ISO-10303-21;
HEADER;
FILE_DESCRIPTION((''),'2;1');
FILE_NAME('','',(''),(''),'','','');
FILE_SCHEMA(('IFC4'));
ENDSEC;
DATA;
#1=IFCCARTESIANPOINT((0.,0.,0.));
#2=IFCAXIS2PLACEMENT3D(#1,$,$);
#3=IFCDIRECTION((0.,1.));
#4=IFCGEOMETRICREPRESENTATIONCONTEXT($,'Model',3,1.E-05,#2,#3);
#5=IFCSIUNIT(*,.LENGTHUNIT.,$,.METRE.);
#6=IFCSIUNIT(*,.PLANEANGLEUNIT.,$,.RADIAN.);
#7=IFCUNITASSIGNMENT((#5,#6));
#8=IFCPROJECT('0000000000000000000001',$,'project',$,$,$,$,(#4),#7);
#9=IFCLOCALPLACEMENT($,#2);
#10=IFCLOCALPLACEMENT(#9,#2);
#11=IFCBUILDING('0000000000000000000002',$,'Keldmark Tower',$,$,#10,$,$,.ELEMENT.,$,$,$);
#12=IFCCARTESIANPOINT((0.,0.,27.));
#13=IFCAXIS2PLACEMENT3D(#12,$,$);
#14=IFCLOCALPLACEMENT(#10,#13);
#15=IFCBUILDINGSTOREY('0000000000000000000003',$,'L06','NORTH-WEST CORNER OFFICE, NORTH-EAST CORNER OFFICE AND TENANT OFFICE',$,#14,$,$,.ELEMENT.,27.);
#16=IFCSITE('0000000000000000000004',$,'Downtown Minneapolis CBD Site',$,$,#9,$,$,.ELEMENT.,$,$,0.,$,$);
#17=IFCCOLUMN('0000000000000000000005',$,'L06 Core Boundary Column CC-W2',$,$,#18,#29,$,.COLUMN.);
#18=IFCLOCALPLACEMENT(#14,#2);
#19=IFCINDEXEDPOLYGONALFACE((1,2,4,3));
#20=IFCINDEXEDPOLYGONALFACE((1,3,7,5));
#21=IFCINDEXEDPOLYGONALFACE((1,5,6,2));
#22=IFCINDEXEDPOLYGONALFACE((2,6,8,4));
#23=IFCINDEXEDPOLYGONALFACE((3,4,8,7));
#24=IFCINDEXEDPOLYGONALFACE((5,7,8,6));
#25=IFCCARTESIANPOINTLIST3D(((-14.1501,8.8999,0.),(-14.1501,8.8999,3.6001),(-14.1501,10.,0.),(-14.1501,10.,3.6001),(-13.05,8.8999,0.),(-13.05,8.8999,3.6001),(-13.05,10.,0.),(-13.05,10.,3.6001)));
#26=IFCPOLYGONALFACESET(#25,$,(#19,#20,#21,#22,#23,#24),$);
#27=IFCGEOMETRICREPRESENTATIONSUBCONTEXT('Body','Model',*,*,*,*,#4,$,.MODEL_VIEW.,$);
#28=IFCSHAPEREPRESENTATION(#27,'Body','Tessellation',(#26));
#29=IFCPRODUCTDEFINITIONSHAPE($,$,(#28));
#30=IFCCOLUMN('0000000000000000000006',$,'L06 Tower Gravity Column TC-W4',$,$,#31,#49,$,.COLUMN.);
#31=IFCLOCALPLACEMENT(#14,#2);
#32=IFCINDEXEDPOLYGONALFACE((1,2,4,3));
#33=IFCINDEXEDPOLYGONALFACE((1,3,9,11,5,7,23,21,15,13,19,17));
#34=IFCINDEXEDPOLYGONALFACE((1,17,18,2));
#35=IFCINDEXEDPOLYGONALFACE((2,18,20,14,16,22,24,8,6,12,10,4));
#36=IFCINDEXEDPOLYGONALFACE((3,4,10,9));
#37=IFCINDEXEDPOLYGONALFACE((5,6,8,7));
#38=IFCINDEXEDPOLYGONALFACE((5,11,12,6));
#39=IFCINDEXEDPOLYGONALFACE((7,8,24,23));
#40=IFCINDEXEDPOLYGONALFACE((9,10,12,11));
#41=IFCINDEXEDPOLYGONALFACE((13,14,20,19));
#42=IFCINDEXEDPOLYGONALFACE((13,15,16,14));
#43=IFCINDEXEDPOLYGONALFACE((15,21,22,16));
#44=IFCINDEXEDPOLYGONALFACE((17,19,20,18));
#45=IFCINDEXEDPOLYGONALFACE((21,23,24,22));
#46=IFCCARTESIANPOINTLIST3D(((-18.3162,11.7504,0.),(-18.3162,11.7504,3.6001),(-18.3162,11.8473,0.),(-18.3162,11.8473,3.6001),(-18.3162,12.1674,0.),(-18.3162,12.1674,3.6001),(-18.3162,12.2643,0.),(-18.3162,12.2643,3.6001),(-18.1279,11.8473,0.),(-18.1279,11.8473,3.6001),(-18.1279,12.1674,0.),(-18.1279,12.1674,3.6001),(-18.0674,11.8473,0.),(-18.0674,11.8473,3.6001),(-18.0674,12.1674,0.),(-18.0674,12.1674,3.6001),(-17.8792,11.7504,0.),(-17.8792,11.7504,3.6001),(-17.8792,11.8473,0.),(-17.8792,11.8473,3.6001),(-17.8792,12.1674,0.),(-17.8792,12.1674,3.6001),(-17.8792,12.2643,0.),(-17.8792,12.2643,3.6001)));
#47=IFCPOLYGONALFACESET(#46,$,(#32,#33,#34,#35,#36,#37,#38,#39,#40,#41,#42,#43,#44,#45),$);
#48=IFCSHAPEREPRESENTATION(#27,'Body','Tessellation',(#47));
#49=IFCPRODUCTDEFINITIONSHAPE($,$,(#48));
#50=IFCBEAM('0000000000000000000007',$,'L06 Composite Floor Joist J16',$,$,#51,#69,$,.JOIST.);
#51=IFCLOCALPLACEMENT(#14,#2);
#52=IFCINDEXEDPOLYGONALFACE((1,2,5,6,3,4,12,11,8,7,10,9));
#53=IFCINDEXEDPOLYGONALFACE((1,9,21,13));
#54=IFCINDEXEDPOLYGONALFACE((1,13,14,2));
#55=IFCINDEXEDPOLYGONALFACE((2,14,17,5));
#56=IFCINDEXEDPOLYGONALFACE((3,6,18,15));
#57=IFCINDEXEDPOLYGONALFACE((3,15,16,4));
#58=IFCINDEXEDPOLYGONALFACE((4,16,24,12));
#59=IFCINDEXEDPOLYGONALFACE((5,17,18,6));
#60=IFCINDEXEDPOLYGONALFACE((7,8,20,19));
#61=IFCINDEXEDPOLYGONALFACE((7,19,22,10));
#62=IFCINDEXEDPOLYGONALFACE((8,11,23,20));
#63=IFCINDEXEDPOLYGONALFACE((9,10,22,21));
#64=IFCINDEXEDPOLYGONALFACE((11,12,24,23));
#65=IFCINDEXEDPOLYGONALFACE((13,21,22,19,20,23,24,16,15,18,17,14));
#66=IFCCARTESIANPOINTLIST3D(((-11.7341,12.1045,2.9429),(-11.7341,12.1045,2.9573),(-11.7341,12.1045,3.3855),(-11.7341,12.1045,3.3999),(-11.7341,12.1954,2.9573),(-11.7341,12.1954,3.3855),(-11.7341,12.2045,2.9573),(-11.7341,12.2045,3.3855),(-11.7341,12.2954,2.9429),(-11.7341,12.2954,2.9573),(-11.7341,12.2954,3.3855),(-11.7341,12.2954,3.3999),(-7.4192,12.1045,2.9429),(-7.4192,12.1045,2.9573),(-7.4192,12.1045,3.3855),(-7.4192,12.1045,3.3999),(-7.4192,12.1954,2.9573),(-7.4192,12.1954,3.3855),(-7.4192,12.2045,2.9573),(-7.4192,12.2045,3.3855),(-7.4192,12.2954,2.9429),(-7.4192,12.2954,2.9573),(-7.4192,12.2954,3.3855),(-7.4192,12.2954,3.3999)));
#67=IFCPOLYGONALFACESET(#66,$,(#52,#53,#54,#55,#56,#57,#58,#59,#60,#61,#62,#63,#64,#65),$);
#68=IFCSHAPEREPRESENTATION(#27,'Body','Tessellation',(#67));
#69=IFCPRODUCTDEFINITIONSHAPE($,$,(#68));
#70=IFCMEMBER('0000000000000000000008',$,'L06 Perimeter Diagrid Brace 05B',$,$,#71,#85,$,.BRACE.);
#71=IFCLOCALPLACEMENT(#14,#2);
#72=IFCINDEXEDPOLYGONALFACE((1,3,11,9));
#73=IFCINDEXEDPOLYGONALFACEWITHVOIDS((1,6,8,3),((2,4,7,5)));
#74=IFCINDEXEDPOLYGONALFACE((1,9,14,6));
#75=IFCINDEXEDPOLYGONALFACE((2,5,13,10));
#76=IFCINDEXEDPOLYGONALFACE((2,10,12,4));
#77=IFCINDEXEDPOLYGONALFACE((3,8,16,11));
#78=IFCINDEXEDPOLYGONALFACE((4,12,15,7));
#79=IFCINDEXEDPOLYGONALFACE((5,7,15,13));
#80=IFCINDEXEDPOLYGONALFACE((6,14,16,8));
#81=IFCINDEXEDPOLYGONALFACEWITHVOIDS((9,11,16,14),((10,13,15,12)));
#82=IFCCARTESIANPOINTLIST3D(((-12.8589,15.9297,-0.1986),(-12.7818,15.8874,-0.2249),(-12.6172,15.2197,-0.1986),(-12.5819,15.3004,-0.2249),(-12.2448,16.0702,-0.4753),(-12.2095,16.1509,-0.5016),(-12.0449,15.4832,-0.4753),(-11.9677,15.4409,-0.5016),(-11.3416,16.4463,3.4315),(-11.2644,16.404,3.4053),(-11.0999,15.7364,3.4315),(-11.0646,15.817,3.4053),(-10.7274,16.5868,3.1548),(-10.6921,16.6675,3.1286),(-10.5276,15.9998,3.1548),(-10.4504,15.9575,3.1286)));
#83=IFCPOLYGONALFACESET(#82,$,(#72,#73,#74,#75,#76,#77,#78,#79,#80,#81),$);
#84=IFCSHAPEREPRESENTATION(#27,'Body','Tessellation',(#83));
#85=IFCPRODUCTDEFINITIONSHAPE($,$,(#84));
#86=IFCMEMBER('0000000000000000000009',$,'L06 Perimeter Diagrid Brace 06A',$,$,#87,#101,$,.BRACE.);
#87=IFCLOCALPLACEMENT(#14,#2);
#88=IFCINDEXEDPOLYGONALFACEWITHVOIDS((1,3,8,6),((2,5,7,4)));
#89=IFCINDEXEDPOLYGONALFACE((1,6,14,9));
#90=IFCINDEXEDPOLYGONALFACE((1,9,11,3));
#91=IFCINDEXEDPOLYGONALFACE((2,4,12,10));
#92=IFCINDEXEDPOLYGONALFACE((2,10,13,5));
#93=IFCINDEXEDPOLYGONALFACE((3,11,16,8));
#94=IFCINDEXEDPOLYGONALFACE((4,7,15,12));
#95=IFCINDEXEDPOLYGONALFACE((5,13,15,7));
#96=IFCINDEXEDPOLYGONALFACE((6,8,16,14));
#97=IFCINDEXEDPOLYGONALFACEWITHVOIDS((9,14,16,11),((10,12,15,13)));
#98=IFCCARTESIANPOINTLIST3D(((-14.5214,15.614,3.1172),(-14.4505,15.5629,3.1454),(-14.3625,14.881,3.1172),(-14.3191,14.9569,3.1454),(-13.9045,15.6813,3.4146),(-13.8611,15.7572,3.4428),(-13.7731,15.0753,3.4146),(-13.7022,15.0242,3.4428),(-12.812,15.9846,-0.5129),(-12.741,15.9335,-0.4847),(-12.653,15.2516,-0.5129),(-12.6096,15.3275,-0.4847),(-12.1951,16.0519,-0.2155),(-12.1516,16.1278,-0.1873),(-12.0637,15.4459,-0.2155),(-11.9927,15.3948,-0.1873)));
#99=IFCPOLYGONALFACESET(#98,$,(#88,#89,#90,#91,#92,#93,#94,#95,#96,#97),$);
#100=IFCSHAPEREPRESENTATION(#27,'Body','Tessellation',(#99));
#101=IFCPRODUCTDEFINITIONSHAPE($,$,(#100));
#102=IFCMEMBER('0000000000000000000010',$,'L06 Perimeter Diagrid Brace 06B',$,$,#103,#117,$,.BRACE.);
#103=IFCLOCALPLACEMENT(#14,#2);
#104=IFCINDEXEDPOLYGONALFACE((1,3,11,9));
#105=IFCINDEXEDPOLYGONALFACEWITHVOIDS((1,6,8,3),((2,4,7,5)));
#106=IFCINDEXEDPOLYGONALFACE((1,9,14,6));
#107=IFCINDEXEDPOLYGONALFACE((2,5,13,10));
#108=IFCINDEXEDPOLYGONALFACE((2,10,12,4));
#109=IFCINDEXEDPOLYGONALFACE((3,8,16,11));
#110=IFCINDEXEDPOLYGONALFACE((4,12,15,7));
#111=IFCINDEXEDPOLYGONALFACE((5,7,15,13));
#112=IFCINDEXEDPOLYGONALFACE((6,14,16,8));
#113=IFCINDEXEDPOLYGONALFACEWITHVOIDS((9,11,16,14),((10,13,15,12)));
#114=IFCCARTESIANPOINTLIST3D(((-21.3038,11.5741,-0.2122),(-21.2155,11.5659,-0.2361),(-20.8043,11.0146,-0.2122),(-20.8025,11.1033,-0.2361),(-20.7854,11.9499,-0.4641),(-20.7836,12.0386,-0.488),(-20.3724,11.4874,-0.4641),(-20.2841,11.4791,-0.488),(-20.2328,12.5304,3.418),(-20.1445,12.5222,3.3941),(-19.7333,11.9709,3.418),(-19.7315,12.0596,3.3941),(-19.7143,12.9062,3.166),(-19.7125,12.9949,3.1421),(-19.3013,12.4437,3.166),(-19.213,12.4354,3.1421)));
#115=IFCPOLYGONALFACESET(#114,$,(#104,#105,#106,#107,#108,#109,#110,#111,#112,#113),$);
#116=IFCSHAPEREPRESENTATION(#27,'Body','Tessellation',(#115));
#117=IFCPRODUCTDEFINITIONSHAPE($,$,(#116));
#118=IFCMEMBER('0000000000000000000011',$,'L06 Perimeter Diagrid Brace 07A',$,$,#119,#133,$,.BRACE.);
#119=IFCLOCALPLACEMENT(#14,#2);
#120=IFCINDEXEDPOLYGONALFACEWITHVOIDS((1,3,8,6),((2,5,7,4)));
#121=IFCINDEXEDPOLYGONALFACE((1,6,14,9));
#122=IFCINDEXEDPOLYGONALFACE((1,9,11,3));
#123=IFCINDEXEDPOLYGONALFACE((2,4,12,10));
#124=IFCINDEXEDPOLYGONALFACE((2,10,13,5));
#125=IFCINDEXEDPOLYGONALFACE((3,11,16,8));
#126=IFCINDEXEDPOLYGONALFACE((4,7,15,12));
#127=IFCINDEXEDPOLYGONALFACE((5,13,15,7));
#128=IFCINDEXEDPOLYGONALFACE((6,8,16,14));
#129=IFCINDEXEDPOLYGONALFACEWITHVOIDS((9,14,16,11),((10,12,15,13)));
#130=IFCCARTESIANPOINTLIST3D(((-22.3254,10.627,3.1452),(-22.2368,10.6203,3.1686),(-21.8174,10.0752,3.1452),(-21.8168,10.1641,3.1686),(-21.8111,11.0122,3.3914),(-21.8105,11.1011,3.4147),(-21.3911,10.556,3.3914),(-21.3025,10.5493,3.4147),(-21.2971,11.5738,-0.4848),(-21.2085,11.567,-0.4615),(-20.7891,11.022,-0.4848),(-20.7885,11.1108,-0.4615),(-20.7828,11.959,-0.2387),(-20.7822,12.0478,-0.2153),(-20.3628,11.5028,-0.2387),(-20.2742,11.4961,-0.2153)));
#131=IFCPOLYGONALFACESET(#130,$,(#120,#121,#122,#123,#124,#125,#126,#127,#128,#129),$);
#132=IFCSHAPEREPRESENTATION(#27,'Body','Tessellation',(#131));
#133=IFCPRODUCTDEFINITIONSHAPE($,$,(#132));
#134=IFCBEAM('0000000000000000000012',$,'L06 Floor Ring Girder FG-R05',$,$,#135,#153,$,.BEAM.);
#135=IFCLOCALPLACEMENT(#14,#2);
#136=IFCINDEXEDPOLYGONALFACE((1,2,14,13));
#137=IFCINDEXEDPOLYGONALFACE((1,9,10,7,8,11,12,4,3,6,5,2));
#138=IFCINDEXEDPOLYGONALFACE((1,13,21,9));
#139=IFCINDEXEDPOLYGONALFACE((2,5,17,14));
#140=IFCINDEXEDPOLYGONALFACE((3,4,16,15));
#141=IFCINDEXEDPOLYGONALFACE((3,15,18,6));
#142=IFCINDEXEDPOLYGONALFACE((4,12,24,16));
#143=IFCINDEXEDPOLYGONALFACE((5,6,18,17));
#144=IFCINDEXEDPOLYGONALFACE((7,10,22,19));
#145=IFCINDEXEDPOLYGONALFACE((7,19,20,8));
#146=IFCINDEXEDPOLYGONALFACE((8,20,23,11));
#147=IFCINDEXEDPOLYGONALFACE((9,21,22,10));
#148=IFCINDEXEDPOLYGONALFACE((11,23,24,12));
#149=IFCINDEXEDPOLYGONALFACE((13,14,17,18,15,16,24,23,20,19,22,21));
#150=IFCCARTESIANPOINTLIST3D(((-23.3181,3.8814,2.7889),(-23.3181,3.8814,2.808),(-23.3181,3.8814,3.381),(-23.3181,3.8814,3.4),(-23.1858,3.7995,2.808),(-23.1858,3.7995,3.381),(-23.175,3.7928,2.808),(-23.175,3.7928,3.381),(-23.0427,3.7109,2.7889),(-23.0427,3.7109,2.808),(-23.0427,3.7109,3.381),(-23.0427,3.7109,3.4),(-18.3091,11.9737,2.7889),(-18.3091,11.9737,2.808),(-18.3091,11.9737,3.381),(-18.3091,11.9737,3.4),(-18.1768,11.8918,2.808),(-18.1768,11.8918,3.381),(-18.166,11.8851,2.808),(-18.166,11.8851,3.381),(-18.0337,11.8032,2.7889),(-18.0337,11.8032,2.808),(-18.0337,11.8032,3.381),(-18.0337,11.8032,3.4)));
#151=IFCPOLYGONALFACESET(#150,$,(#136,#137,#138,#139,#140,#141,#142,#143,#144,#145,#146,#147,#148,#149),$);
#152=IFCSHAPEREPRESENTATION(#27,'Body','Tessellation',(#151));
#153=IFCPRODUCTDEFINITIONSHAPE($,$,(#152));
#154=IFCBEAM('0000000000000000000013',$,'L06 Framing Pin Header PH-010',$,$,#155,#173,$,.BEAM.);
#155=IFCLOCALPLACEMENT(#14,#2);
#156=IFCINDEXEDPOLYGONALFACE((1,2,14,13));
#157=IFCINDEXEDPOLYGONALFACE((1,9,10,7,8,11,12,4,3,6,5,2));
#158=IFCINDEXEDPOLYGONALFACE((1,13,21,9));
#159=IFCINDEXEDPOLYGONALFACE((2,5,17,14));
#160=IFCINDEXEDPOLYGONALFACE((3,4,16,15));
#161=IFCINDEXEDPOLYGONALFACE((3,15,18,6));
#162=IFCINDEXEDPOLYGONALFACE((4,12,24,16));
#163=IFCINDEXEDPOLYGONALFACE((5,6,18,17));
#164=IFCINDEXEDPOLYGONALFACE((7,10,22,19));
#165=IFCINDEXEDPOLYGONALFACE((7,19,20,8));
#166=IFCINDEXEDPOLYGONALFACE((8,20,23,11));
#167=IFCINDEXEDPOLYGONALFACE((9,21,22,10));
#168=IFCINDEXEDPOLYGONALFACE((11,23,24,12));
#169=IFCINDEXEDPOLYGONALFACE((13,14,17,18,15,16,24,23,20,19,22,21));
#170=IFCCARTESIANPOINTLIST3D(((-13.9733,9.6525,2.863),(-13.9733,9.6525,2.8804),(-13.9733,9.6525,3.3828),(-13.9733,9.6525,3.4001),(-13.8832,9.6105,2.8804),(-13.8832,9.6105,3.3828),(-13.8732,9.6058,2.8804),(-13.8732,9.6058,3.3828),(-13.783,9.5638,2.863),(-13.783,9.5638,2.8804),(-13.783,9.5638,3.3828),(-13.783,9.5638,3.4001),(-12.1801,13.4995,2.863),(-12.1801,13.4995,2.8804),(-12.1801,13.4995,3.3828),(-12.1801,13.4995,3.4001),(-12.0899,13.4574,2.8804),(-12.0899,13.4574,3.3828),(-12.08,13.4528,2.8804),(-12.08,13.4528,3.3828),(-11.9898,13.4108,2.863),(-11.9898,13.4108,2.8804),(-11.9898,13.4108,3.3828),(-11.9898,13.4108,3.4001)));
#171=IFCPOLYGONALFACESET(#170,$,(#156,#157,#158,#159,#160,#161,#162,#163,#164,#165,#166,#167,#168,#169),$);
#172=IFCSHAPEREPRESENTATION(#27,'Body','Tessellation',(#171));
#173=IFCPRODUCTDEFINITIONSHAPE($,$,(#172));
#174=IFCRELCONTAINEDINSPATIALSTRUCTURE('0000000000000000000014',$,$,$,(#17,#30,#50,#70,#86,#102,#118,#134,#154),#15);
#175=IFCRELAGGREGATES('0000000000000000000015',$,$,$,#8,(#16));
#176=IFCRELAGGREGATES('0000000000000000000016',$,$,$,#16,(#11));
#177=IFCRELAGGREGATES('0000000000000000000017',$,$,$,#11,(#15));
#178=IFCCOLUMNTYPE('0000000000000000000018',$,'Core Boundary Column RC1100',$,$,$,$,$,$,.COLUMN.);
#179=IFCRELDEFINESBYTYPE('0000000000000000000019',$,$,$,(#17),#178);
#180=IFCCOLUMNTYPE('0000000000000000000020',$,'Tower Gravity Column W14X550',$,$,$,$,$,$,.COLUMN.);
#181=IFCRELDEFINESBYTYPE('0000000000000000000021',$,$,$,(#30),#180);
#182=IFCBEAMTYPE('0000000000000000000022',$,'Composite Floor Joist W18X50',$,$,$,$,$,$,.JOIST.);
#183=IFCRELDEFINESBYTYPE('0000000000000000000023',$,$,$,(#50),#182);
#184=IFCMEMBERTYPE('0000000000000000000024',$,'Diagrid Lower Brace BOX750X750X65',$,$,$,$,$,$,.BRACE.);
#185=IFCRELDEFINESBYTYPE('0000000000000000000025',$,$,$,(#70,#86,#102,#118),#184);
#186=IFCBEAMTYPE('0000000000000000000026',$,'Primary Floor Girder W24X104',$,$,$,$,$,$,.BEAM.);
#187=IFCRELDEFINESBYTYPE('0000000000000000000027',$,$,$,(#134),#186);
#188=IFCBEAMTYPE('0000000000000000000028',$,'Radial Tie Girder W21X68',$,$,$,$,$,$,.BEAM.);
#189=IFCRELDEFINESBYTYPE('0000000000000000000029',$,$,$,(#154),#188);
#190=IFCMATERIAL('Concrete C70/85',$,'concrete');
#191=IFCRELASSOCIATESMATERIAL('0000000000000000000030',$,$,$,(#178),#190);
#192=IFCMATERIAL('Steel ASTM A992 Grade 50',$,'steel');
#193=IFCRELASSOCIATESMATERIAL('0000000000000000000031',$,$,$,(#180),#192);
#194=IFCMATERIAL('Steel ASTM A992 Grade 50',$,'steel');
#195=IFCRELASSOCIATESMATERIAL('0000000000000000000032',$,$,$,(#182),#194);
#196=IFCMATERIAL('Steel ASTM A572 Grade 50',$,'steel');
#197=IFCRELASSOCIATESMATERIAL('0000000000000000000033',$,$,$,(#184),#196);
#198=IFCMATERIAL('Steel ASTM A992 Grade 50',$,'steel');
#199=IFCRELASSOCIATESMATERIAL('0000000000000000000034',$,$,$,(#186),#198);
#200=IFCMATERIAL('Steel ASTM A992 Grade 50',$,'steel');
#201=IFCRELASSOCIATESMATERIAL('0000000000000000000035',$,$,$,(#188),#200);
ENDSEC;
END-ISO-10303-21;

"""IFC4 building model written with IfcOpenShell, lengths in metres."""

from ifc_helpers import new_model, si_unit, direction, frame, origin, origin_2d, place, context, subcontext, project, spatial, rectangle, hollow_rectangle, i_section, extrude, material, material_profile, profile_set, type_object, element, save


model = new_model("IFC4")

# Units and contexts
model_context = context("Model", 3, precision=1e-05, world=origin(), true_north=direction((0.0, 1.0)))
body_context = subcontext(model_context, "Body", "Model", "MODEL_VIEW")
ifc_project = project(units=[si_unit("LENGTHUNIT", "METRE"), si_unit("PLANEANGLEUNIT", "RADIAN")], contexts=[model_context])

# Site, building, storey
site_placement = place(None, origin())
site = spatial("IfcSite", under=ifc_project, at=site_placement, Name="Downtown Minneapolis CBD Site", CompositionType="ELEMENT", RefElevation=0.0)
building_placement = place(site_placement, origin())
building = spatial("IfcBuilding", under=site, at=building_placement, Name="Keldmark Tower", CompositionType="ELEMENT")
storey_placement = place(building_placement, frame((0.0, 0.0, 27.0)))
storey = spatial("IfcBuildingStorey", under=building, at=storey_placement, Name="L06", Description="NORTH-WEST CORNER OFFICE, NORTH-EAST CORNER OFFICE AND TENANT OFFICE", CompositionType="ELEMENT", Elevation=27.0)

# Columns
ifc_material_1 = material(Name="Concrete C70/85", Category="concrete")
ifc_material_profile_1 = material_profile(ifc_material_1, rectangle(XDim=1.1001, YDim=1.1001, at=origin_2d()), Name="RC1100X1100")
ifc_profile_set_1 = profile_set([ifc_material_profile_1], Name="Concrete C70/85")
column_type_1 = type_object("IfcColumnType", Name="Core Boundary Column RC1100", PredefinedType="COLUMN", material=ifc_profile_set_1)
column_1_placement = place(storey_placement, frame((-13.6001, 9.45, 0.0), z_axis=(0.0, 0.0, 1.0), x_axis=(1.0, 0.0, 0.0)))
element("IfcColumn", 1, at=column_1_placement, inside=storey, type_object=column_type_1, Name="L06 Core Boundary Column CC-W2", PredefinedType="COLUMN", context=body_context, shape_type="SweptSolid", body=[
    extrude(rectangle(XDim=1.1001, YDim=1.1001, at=origin_2d()), origin(), (0.0, 0.0, 1.0), 3.6001),
])
ifc_material_2 = material(Name="Steel ASTM A992 Grade 50", Category="steel")
ifc_material_profile_2 = material_profile(ifc_material_2, i_section(OverallWidth=0.437, OverallDepth=0.5139, WebThickness=0.0605, FlangeThickness=0.0969, at=origin_2d()), Name="W14X550")
ifc_profile_set_2 = profile_set([ifc_material_profile_2], Name="Steel ASTM A992 Grade 50")
column_type_2 = type_object("IfcColumnType", Name="Tower Gravity Column W14X550", PredefinedType="COLUMN", material=ifc_profile_set_2)
column_2_placement = place(storey_placement, frame((-18.0977, 12.0073, 0.0), z_axis=(0.0, 0.0, 1.0), x_axis=(1.0, 0.0, 0.0)))
element("IfcColumn", 2, at=column_2_placement, inside=storey, type_object=column_type_2, Name="L06 Tower Gravity Column TC-W4", PredefinedType="COLUMN", context=body_context, shape_type="SweptSolid", body=[
    extrude(i_section(OverallWidth=0.437, OverallDepth=0.5139, WebThickness=0.0605, FlangeThickness=0.0969, at=origin_2d()), origin(), (0.0, 0.0, 1.0), 3.6001),
])

# Beam
ifc_material_3 = material(Name="Steel ASTM A992 Grade 50", Category="steel")
ifc_material_profile_3 = material_profile(ifc_material_3, i_section(OverallWidth=0.1909, OverallDepth=0.457, WebThickness=0.009, FlangeThickness=0.0144, at=origin_2d()), Name="W18X50")
ifc_profile_set_3 = profile_set([ifc_material_profile_3], Name="Steel ASTM A992 Grade 50")
beam_type_1 = type_object("IfcBeamType", Name="Composite Floor Joist W18X50", PredefinedType="JOIST", material=ifc_profile_set_3)
beam_1_placement = place(storey_placement, frame((-11.7341, 12.2, 3.1714), z_axis=(1.0, 0.0, 0.0), x_axis=(0.0, 1.0, 0.0)))
element("IfcBeam", 3, at=beam_1_placement, inside=storey, type_object=beam_type_1, Name="L06 Composite Floor Joist J16", PredefinedType="JOIST", context=body_context, shape_type="SweptSolid", body=[
    extrude(i_section(OverallWidth=0.1909, OverallDepth=0.457, WebThickness=0.009, FlangeThickness=0.0144, at=origin_2d()), origin(), (0.0, 0.0, 1.0), 4.3149),
])

# Members
ifc_material_4 = material(Name="Steel ASTM A572 Grade 50", Category="steel")
ifc_material_profile_4 = material_profile(ifc_material_4, hollow_rectangle(XDim=0.75, YDim=0.75, WallThickness=0.0649, at=origin_2d()), Name="BOX750X750X65")
ifc_profile_set_4 = profile_set([ifc_material_profile_4], Name="Steel ASTM A572 Grade 50")
member_type = type_object("IfcMemberType", Name="Diagrid Lower Brace BOX750X750X65", PredefinedType="BRACE", material=ifc_profile_set_4)
member_1_placement = place(storey_placement, frame((-12.4133, 15.6853, -0.3501), z_axis=(0.382369, 0.130184, 0.914793), x_axis=(-0.322299, 0.946638, 0.0)))
element("IfcMember", 4, at=member_1_placement, inside=storey, type_object=member_type, Name="L06 Perimeter Diagrid Brace 05B", PredefinedType="BRACE", context=body_context, shape_type="SweptSolid", body=[
    extrude(hollow_rectangle(XDim=0.75, YDim=0.75, WallThickness=0.0649, at=origin_2d()), origin(), (0.0, 0.0, 1.0), 3.9683),
])
member_2_placement = place(storey_placement, frame((-12.4023, 15.6897, -0.3501), z_axis=(-0.424232, -0.091971, 0.900871), x_axis=(0.211873, -0.977297, 0.0)))
element("IfcMember", 5, at=member_2_placement, inside=storey, type_object=member_type, Name="L06 Perimeter Diagrid Brace 06A", PredefinedType="BRACE", context=body_context, shape_type="SweptSolid", body=[
    extrude(hollow_rectangle(XDim=0.75, YDim=0.75, WallThickness=0.0649, at=origin_2d()), origin(), (0.0, 0.0, 1.0), 4.0295),
])
member_3_placement = place(storey_placement, frame((-20.7939, 11.5266, -0.3501), z_axis=(0.274361, 0.244968, 0.929901), x_axis=(-0.666019, 0.745935, 0.0)))
element("IfcMember", 6, at=member_3_placement, inside=storey, type_object=member_type, Name="L06 Perimeter Diagrid Brace 06B", PredefinedType="BRACE", context=body_context, shape_type="SweptSolid", body=[
    extrude(hollow_rectangle(XDim=0.75, YDim=0.75, WallThickness=0.0649, at=origin_2d()), origin(), (0.0, 0.0, 1.0), 3.9038),
])
member_4_placement = place(storey_placement, frame((-20.7856, 11.5349, -0.3501), z_axis=(-0.264354, -0.243391, 0.933208), x_axis=(0.677336, -0.735673, 0.0)))
element("IfcMember", 7, at=member_4_placement, inside=storey, type_object=member_type, Name="L06 Perimeter Diagrid Brace 07A", PredefinedType="BRACE", context=body_context, shape_type="SweptSolid", body=[
    extrude(hollow_rectangle(XDim=0.75, YDim=0.75, WallThickness=0.0649, at=origin_2d()), origin(), (0.0, 0.0, 1.0), 3.8899),
])

# Beams
ifc_material_5 = material(Name="Steel ASTM A992 Grade 50", Category="steel")
ifc_material_profile_5 = material_profile(ifc_material_5, i_section(OverallWidth=0.324, OverallDepth=0.6111, WebThickness=0.0127, FlangeThickness=0.019, at=origin_2d()), Name="W24X104")
ifc_profile_set_5 = profile_set([ifc_material_profile_5], Name="Steel ASTM A992 Grade 50")
beam_type_2 = type_object("IfcBeamType", Name="Primary Floor Girder W24X104", PredefinedType="BEAM", material=ifc_profile_set_5)
beam_2_placement = place(storey_placement, frame((-18.1714, 11.8884, 3.0945), z_axis=(-0.526318, -0.850288, 0.0), x_axis=(0.850288, -0.526318, 0.0)))
element("IfcBeam", 8, at=beam_2_placement, inside=storey, type_object=beam_type_2, Name="L06 Floor Ring Girder FG-R05", PredefinedType="BEAM", context=body_context, shape_type="SweptSolid", body=[
    extrude(i_section(OverallWidth=0.324, OverallDepth=0.6111, WebThickness=0.0127, FlangeThickness=0.019, at=origin_2d()), origin(), (0.0, 0.0, 1.0), 9.5171),
])
ifc_material_6 = material(Name="Steel ASTM A992 Grade 50", Category="steel")
ifc_material_profile_6 = material_profile(ifc_material_6, i_section(OverallWidth=0.21, OverallDepth=0.5371, WebThickness=0.011, FlangeThickness=0.0173, at=origin_2d()), Name="W21X68")
ifc_profile_set_6 = profile_set([ifc_material_profile_6], Name="Steel ASTM A992 Grade 50")
beam_type_3 = type_object("IfcBeamType", Name="Radial Tie Girder W21X68", PredefinedType="BEAM", material=ifc_profile_set_6)
beam_3_placement = place(storey_placement, frame((-13.8782, 9.6082, 3.1316), z_axis=(0.422495, 0.906365, 0.0), x_axis=(-0.906365, 0.422495, 0.0)))
element("IfcBeam", 9, at=beam_3_placement, inside=storey, type_object=beam_type_3, Name="L06 Framing Pin Header PH-010", PredefinedType="BEAM", context=body_context, shape_type="SweptSolid", body=[
    extrude(i_section(OverallWidth=0.21, OverallDepth=0.5371, WebThickness=0.011, FlangeThickness=0.0173, at=origin_2d()), origin(), (0.0, 0.0, 1.0), 4.2444),
])

save(model, "model.ifc")
